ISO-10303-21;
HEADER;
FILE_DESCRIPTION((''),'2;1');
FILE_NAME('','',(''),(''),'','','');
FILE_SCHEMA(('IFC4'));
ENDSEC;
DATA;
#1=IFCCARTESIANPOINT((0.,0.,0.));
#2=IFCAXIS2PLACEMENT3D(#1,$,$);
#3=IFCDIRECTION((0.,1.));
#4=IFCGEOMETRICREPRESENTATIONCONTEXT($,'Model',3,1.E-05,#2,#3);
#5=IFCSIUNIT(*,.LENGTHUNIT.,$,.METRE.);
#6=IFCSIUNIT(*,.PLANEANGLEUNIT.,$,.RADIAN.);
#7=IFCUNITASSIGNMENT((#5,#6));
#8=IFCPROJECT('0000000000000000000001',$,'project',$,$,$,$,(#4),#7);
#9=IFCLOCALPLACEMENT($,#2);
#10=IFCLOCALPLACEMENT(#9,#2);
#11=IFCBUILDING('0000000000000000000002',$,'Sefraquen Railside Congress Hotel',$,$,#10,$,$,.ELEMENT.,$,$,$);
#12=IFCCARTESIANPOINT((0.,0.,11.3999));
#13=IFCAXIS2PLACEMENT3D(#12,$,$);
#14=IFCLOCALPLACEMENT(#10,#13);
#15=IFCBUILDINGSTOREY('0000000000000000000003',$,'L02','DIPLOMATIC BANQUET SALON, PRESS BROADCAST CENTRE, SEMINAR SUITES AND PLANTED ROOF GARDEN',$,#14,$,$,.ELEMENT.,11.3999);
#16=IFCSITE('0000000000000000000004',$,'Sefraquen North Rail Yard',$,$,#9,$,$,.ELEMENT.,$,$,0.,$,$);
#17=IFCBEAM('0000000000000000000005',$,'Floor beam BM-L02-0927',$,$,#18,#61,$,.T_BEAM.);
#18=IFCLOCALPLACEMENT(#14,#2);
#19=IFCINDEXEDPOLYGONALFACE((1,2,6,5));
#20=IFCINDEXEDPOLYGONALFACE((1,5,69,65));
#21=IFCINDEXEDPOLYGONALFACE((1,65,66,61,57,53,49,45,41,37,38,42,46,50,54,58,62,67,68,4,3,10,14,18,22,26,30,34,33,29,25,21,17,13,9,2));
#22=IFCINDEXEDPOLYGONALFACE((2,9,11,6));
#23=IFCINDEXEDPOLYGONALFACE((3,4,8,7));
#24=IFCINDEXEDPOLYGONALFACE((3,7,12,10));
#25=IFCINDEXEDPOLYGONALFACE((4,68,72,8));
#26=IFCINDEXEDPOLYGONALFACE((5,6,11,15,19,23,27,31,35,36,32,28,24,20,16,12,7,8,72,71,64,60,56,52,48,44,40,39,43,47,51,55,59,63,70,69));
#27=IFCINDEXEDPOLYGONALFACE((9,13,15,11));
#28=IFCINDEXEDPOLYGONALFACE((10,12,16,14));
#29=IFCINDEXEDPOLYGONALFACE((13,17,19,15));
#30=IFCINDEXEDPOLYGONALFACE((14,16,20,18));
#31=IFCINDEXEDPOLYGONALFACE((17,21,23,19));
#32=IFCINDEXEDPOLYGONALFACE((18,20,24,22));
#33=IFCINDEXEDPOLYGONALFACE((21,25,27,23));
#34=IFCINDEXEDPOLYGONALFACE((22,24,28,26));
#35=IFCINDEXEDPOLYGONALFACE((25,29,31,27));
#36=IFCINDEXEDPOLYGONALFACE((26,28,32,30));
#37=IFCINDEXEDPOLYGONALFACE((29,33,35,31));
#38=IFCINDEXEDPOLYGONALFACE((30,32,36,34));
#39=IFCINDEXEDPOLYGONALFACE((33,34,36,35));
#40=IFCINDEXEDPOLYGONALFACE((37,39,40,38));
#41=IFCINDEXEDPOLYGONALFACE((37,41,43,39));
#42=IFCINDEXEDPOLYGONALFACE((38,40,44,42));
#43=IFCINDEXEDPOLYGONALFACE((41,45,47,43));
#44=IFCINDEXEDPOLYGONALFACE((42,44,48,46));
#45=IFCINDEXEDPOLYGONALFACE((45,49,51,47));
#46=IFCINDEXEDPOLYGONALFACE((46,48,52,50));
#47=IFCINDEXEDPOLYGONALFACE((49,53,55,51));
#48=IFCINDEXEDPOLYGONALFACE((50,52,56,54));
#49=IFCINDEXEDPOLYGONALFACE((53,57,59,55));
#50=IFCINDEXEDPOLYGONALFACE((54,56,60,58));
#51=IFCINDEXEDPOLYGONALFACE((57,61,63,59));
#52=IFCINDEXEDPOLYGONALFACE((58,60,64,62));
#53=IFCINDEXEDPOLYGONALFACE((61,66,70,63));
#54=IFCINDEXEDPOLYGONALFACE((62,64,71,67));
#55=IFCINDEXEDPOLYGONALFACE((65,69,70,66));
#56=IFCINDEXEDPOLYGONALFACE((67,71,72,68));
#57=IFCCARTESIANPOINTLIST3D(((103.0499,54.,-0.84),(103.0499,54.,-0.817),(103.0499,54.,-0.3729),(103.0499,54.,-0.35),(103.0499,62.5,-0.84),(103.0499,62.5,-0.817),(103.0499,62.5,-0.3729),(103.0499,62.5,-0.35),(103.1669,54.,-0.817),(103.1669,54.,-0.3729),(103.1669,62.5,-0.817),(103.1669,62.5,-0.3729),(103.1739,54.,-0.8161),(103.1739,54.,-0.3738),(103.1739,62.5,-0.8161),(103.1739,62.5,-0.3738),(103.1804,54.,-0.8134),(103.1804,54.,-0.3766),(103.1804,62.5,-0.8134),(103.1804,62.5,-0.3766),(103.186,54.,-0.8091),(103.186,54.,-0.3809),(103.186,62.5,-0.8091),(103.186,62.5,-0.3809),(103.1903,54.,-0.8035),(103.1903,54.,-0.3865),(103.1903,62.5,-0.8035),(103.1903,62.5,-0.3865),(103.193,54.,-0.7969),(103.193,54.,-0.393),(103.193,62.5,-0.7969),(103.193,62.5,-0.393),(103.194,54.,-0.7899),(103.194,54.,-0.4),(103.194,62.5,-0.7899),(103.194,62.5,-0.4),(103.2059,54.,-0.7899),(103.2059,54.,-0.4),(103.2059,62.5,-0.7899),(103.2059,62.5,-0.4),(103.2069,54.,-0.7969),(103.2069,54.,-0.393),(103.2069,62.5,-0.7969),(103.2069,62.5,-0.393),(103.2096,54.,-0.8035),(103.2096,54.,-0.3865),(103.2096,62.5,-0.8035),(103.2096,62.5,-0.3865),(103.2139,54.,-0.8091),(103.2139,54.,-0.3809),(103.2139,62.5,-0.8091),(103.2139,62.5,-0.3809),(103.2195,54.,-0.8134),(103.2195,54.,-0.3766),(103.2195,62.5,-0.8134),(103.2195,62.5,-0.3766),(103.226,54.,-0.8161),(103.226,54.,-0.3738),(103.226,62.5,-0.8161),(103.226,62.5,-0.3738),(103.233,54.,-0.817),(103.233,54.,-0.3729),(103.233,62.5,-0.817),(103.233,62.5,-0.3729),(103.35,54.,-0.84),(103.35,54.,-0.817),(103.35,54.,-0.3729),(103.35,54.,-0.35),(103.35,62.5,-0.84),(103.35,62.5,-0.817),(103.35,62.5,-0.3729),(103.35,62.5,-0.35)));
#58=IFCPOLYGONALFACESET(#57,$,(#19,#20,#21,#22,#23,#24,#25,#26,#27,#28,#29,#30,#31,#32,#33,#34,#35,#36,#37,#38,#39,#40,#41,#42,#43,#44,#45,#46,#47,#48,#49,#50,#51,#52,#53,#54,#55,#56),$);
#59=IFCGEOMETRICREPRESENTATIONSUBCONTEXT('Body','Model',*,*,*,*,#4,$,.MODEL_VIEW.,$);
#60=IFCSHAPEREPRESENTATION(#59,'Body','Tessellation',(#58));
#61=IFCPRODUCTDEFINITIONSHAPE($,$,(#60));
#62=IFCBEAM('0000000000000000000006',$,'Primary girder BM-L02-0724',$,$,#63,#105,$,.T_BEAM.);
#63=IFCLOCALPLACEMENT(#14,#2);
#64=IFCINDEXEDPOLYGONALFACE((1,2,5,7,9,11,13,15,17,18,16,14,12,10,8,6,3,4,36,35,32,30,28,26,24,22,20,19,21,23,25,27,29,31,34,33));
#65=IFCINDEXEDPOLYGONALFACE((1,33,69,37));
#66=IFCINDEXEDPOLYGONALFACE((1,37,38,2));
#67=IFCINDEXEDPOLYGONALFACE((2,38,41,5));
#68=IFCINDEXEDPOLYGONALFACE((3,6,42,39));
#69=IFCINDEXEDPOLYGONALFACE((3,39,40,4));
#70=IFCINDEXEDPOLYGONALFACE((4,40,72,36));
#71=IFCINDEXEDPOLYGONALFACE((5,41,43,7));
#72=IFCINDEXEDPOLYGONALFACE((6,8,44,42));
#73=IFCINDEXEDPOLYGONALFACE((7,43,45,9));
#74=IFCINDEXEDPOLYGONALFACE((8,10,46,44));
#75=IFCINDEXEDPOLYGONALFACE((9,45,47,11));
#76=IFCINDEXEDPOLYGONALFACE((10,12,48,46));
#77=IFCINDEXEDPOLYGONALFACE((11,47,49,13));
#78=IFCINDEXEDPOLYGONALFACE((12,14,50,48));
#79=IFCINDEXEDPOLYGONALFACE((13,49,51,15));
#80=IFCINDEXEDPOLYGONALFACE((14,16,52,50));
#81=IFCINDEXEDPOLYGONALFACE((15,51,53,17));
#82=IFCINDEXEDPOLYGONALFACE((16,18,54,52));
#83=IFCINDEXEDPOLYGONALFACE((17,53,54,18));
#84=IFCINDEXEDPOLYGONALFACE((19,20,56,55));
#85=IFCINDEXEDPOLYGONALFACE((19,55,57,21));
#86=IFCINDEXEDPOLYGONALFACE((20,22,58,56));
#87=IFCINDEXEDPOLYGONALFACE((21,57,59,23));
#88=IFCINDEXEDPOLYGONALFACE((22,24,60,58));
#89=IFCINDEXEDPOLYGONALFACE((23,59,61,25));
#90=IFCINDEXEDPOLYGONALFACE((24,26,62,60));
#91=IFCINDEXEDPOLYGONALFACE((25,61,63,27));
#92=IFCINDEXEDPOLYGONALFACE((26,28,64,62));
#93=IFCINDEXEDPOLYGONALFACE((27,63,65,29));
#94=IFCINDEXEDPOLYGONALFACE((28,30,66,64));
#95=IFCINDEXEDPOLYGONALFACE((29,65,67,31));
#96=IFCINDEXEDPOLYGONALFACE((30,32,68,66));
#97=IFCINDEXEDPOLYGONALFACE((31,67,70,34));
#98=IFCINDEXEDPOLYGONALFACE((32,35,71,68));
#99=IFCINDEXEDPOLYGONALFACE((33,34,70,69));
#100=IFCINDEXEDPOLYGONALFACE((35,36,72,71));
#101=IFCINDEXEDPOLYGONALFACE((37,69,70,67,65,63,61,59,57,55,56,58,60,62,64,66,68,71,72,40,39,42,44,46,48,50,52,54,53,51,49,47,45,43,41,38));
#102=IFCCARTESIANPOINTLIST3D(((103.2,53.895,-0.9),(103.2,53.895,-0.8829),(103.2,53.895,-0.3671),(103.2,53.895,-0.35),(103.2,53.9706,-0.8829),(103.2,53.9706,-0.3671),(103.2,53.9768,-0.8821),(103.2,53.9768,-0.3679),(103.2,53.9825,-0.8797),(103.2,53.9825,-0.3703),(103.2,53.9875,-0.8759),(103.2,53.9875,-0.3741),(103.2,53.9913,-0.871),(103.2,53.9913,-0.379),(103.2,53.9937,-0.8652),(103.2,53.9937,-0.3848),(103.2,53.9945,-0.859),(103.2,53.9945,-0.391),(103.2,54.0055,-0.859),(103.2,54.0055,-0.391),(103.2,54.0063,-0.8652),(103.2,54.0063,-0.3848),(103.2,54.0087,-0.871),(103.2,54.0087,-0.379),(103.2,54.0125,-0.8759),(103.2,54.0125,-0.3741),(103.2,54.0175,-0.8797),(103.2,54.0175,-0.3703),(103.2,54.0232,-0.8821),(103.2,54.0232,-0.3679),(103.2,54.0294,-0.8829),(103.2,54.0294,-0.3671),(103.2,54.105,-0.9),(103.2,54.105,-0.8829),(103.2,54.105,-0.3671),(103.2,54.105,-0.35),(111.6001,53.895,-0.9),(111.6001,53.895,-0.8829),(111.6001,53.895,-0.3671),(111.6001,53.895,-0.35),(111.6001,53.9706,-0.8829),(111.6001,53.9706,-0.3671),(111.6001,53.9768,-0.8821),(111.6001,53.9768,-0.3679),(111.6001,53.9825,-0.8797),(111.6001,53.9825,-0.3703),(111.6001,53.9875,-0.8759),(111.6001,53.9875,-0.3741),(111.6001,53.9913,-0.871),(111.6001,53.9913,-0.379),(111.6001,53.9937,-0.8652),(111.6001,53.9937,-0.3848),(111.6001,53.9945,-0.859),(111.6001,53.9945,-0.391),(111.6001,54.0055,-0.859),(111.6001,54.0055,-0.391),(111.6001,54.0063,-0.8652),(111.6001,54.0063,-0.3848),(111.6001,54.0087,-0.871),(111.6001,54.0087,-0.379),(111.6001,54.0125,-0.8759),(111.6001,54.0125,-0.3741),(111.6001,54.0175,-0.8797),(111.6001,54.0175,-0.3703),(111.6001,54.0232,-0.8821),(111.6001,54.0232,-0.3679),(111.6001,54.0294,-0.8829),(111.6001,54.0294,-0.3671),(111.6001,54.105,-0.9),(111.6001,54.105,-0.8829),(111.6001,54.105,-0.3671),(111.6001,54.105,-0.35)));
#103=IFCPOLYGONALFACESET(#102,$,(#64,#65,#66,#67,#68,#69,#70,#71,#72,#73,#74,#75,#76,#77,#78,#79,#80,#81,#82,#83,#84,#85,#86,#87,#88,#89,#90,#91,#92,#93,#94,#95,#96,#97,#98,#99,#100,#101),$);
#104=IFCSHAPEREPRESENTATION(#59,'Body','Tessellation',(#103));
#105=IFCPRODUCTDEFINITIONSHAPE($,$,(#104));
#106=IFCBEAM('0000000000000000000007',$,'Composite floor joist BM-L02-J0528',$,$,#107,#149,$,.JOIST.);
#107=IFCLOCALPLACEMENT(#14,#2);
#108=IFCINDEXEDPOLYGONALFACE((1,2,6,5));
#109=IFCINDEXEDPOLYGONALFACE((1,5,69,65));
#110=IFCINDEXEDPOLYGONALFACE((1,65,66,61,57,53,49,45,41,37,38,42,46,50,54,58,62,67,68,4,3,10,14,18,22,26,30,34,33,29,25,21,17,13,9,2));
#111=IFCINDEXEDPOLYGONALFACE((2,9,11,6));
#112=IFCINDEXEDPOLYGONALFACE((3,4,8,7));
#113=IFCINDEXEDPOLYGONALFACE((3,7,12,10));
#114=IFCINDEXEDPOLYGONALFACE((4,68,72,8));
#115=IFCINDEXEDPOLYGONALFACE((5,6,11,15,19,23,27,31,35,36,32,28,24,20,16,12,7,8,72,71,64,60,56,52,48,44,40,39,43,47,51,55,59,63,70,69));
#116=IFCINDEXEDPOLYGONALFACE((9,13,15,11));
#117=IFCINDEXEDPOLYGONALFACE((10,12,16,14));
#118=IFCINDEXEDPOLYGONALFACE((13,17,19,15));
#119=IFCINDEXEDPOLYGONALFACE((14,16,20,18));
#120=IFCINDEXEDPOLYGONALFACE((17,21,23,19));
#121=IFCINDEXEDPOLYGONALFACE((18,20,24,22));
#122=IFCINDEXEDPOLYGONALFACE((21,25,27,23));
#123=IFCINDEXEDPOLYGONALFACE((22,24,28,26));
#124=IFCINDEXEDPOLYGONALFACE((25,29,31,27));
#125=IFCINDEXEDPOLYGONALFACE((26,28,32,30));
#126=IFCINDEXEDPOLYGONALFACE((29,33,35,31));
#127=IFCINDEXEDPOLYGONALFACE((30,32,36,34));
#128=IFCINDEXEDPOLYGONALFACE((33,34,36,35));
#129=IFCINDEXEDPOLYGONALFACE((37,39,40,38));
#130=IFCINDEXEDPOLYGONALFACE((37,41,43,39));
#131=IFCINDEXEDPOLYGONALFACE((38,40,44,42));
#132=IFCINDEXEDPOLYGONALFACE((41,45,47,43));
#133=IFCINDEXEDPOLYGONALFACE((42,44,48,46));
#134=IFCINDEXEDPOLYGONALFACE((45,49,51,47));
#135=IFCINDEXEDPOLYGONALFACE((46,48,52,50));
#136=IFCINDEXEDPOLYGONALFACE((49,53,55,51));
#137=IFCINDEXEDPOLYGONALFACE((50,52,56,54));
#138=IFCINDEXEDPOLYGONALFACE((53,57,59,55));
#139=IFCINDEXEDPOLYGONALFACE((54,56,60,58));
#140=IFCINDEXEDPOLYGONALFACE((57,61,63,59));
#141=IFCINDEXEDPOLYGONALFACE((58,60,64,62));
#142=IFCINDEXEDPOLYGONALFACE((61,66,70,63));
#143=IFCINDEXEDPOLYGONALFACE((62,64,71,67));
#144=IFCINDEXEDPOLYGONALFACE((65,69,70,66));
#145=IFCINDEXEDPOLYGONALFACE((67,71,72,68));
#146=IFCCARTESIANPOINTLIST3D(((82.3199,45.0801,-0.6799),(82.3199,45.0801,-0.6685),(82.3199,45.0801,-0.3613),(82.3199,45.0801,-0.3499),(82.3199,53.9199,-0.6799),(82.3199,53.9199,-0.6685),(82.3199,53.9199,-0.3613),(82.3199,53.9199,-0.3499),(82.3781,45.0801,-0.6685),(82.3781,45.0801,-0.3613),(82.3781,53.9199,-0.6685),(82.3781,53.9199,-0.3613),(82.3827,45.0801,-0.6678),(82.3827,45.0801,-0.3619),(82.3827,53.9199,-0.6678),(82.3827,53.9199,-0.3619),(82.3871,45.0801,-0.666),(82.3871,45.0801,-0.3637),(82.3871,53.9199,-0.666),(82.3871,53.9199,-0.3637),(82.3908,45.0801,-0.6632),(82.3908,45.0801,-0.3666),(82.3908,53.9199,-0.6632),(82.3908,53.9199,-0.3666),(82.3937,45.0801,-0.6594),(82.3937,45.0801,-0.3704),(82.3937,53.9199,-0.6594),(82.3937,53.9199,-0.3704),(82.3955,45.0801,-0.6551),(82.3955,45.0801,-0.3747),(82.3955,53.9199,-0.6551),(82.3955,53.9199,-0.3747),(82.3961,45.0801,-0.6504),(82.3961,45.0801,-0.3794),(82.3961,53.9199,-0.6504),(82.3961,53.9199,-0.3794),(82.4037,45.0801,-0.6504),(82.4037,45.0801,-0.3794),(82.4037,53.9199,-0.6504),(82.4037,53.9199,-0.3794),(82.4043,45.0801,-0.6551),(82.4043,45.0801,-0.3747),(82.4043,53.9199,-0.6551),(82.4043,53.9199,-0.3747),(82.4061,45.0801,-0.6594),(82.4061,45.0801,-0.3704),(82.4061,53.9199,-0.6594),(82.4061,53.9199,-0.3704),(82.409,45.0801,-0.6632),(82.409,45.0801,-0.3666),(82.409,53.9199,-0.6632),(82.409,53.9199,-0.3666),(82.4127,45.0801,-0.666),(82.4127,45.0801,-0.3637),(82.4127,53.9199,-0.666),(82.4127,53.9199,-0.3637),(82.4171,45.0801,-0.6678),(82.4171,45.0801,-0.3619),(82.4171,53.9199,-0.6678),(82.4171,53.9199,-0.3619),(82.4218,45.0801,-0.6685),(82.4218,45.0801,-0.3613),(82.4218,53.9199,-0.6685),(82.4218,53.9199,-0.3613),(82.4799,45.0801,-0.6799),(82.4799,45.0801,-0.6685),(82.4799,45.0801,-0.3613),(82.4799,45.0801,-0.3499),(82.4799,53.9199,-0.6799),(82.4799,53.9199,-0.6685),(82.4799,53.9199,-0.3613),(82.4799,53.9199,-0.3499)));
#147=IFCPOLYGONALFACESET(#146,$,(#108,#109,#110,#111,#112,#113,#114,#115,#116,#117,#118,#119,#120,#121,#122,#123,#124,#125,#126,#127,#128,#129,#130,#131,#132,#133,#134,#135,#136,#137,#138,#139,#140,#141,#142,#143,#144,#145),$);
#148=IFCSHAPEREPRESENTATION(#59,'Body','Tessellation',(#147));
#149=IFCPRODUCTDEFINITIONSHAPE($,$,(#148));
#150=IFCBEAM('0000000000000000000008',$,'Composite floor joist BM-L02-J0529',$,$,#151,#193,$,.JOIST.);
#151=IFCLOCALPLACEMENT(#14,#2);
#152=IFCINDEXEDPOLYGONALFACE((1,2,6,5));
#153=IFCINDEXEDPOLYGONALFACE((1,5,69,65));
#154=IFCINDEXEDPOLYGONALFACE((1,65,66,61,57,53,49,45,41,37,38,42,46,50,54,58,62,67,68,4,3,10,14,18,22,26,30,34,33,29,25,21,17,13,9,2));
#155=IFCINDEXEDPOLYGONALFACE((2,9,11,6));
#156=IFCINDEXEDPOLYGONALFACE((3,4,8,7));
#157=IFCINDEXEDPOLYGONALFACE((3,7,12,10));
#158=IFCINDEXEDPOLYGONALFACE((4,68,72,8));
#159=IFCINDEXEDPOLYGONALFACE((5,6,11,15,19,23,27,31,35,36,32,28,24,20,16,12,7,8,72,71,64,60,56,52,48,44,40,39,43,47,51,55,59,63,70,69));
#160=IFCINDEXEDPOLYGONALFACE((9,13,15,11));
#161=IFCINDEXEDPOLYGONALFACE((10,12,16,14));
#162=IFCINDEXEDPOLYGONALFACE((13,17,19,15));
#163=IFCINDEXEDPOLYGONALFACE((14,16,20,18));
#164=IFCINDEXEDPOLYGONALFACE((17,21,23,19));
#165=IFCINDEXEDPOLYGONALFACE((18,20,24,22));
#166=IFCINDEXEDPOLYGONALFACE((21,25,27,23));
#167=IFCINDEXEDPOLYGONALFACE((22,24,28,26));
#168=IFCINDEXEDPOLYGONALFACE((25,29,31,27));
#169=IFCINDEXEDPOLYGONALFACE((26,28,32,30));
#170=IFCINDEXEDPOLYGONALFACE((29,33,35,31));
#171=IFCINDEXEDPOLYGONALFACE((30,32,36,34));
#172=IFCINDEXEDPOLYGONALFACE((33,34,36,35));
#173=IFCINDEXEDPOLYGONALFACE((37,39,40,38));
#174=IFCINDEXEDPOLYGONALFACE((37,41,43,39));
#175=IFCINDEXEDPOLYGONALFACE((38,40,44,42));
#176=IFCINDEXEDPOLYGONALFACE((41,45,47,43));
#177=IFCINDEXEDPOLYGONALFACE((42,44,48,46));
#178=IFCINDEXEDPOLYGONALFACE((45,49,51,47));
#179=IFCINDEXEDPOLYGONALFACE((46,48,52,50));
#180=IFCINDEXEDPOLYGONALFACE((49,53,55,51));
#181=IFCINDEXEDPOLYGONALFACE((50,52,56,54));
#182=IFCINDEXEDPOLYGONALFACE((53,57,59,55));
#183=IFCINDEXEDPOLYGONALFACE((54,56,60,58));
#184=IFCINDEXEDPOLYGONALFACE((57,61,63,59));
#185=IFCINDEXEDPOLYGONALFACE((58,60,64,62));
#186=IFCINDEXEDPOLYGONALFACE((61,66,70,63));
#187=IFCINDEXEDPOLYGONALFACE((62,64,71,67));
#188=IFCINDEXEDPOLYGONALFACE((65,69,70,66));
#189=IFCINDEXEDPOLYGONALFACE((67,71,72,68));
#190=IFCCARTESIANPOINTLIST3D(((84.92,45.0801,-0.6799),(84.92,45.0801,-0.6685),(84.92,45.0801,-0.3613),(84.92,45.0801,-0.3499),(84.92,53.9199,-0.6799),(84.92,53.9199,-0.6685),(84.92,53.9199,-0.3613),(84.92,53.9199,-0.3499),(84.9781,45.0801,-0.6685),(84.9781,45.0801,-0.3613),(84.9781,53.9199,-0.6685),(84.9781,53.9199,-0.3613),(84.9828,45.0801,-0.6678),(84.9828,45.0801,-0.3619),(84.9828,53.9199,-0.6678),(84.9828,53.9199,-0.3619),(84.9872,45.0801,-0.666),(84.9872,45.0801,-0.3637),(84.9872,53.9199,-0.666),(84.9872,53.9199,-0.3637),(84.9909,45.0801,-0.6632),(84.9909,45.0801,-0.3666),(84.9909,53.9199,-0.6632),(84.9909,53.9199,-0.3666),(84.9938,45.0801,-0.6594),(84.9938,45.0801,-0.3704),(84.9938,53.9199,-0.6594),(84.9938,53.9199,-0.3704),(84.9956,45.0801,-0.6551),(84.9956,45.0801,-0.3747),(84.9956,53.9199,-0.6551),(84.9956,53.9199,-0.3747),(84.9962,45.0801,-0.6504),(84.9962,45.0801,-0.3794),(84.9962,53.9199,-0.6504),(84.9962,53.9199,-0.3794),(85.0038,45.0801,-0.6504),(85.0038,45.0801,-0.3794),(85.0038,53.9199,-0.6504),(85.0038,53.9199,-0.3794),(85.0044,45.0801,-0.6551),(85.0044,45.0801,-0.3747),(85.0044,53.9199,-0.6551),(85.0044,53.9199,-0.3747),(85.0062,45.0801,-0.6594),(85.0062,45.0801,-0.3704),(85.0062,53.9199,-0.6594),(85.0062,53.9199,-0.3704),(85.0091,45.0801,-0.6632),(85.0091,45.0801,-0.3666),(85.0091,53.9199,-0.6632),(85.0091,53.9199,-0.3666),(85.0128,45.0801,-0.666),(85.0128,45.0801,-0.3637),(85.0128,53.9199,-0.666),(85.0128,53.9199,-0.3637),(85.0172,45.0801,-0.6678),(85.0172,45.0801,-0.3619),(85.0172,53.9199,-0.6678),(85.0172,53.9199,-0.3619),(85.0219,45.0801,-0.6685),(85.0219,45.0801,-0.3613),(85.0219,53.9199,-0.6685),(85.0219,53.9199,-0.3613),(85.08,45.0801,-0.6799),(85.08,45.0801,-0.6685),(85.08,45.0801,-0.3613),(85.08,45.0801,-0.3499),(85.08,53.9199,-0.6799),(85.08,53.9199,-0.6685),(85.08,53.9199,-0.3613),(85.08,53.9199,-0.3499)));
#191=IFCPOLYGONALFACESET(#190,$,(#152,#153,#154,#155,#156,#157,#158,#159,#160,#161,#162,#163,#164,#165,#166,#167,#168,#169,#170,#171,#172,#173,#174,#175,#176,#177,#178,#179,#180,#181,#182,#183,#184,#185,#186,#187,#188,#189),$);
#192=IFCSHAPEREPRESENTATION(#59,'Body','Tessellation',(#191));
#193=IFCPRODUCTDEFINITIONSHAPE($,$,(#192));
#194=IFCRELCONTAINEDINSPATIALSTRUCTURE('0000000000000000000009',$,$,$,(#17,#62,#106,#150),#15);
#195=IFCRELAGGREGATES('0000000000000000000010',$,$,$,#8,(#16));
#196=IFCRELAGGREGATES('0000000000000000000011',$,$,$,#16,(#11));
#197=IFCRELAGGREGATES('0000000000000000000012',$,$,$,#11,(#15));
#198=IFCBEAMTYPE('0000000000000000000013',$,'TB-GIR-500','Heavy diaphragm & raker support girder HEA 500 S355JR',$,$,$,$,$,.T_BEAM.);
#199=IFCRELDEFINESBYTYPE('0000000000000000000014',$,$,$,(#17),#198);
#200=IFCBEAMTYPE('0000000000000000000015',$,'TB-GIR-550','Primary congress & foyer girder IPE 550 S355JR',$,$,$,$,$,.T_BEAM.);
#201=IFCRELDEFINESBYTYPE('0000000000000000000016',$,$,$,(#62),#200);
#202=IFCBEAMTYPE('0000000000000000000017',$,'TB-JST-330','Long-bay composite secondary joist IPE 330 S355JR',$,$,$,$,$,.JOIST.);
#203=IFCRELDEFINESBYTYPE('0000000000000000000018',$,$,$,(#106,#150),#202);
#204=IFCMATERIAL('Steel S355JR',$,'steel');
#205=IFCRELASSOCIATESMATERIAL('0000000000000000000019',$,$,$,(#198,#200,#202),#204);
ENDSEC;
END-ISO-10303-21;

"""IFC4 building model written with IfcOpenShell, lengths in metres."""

from ifc_helpers import new_model, si_unit, direction, frame, origin, origin_2d, place, context, subcontext, project, spatial, i_section, extrude, material, material_profile, profile_set, type_object, element, save


model = new_model("IFC4")

# Units and contexts
model_context = context("Model", 3, precision=1e-05, world=origin(), true_north=direction((0.0, 1.0)))
body_context = subcontext(model_context, "Body", "Model", "MODEL_VIEW")
ifc_project = project(units=[si_unit("LENGTHUNIT", "METRE"), si_unit("PLANEANGLEUNIT", "RADIAN")], contexts=[model_context])

# Site, building, storey
site_placement = place(None, origin())
site = spatial("IfcSite", under=ifc_project, at=site_placement, Name="Sefraquen North Rail Yard", CompositionType="ELEMENT", RefElevation=0.0)
building_placement = place(site_placement, origin())
building = spatial("IfcBuilding", under=site, at=building_placement, Name="Sefraquen Railside Congress Hotel", CompositionType="ELEMENT")
storey_placement = place(building_placement, frame((0.0, 0.0, 11.3999)))
storey = spatial("IfcBuildingStorey", under=building, at=storey_placement, Name="L02", Description="DIPLOMATIC BANQUET SALON, PRESS BROADCAST CENTRE, SEMINAR SUITES AND PLANTED ROOF GARDEN", CompositionType="ELEMENT", Elevation=11.3999)

# Shared definitions
ifc_material_1 = material(Name="Steel S355JR", Category="steel")

# Beams
ifc_material_profile_1 = material_profile(ifc_material_1, i_section(OverallWidth=0.3, OverallDepth=0.49, WebThickness=0.012, FlangeThickness=0.0229, FilletRadius=0.0271, at=origin_2d()), Name="HEA 500")
ifc_profile_set_1 = profile_set([ifc_material_profile_1], Name="Steel S355JR")
beam_type_1 = type_object("IfcBeamType", Name="TB-GIR-500", Description="Heavy diaphragm & raker support girder HEA 500 S355JR", PredefinedType="T_BEAM", material=ifc_profile_set_1)
beam_1_placement = place(storey_placement, frame((103.2, 54.0, -0.595), z_axis=(0.0, 1.0, 0.0), x_axis=(-1.0, 0.0, 0.0)))
element("IfcBeam", 1, at=beam_1_placement, inside=storey, type_object=beam_type_1, Name="Floor beam BM-L02-0927", PredefinedType="T_BEAM", context=body_context, shape_type="SweptSolid", body=[
    extrude(i_section(OverallWidth=0.3, OverallDepth=0.49, WebThickness=0.012, FlangeThickness=0.0229, FilletRadius=0.0271, at=origin_2d()), origin(), (0.0, 0.0, 1.0), 8.5),
])
ifc_material_profile_2 = material_profile(ifc_material_1, i_section(OverallWidth=0.21, OverallDepth=0.55, WebThickness=0.011, FlangeThickness=0.0171, FilletRadius=0.0239, at=origin_2d()), Name="IPE 550")
ifc_profile_set_2 = profile_set([ifc_material_profile_2], Name="Steel S355JR")
beam_type_2 = type_object("IfcBeamType", Name="TB-GIR-550", Description="Primary congress & foyer girder IPE 550 S355JR", PredefinedType="T_BEAM", material=ifc_profile_set_2)
beam_2_placement = place(storey_placement, frame((103.2, 54.0, -0.625), z_axis=(1.0, 0.0, 0.0), x_axis=(0.0, 1.0, 0.0)))
element("IfcBeam", 2, at=beam_2_placement, inside=storey, type_object=beam_type_2, Name="Primary girder BM-L02-0724", PredefinedType="T_BEAM", context=body_context, shape_type="SweptSolid", body=[
    extrude(i_section(OverallWidth=0.21, OverallDepth=0.55, WebThickness=0.011, FlangeThickness=0.0171, FilletRadius=0.0239, at=origin_2d()), origin(), (0.0, 0.0, 1.0), 8.4001),
])
ifc_material_profile_3 = material_profile(ifc_material_1, i_section(OverallWidth=0.1599, OverallDepth=0.3301, WebThickness=0.0076, FlangeThickness=0.0115, FilletRadius=0.0181, at=origin_2d()), Name="IPE 330")
ifc_profile_set_3 = profile_set([ifc_material_profile_3], Name="Steel S355JR")
beam_type_3 = type_object("IfcBeamType", Name="TB-JST-330", Description="Long-bay composite secondary joist IPE 330 S355JR", PredefinedType="JOIST", material=ifc_profile_set_3)
for number, where, z_axis, x_axis, name in (
    (3, (82.3999, 45.0801, -0.5149), (0.0, 1.0, 0.0), (-1.0, 0.0, 0.0), "Composite floor joist BM-L02-J0528"),
    (4, (85.0, 45.0801, -0.5149), (0.0, 1.0, 0.0), (-1.0, 0.0, 0.0), "Composite floor joist BM-L02-J0529"),
):
    element("IfcBeam", number, at=place(storey_placement, frame(where, z_axis=z_axis, x_axis=x_axis)), inside=storey, type_object=beam_type_3, Name=name, PredefinedType="JOIST", context=body_context, shape_type="SweptSolid", body=[
        extrude(i_section(OverallWidth=0.1599, OverallDepth=0.3301, WebThickness=0.0076, FlangeThickness=0.0115, FilletRadius=0.0181, at=origin_2d()), origin(), (0.0, 0.0, 1.0), 8.8398),
    ])

save(model, "model.ifc")
